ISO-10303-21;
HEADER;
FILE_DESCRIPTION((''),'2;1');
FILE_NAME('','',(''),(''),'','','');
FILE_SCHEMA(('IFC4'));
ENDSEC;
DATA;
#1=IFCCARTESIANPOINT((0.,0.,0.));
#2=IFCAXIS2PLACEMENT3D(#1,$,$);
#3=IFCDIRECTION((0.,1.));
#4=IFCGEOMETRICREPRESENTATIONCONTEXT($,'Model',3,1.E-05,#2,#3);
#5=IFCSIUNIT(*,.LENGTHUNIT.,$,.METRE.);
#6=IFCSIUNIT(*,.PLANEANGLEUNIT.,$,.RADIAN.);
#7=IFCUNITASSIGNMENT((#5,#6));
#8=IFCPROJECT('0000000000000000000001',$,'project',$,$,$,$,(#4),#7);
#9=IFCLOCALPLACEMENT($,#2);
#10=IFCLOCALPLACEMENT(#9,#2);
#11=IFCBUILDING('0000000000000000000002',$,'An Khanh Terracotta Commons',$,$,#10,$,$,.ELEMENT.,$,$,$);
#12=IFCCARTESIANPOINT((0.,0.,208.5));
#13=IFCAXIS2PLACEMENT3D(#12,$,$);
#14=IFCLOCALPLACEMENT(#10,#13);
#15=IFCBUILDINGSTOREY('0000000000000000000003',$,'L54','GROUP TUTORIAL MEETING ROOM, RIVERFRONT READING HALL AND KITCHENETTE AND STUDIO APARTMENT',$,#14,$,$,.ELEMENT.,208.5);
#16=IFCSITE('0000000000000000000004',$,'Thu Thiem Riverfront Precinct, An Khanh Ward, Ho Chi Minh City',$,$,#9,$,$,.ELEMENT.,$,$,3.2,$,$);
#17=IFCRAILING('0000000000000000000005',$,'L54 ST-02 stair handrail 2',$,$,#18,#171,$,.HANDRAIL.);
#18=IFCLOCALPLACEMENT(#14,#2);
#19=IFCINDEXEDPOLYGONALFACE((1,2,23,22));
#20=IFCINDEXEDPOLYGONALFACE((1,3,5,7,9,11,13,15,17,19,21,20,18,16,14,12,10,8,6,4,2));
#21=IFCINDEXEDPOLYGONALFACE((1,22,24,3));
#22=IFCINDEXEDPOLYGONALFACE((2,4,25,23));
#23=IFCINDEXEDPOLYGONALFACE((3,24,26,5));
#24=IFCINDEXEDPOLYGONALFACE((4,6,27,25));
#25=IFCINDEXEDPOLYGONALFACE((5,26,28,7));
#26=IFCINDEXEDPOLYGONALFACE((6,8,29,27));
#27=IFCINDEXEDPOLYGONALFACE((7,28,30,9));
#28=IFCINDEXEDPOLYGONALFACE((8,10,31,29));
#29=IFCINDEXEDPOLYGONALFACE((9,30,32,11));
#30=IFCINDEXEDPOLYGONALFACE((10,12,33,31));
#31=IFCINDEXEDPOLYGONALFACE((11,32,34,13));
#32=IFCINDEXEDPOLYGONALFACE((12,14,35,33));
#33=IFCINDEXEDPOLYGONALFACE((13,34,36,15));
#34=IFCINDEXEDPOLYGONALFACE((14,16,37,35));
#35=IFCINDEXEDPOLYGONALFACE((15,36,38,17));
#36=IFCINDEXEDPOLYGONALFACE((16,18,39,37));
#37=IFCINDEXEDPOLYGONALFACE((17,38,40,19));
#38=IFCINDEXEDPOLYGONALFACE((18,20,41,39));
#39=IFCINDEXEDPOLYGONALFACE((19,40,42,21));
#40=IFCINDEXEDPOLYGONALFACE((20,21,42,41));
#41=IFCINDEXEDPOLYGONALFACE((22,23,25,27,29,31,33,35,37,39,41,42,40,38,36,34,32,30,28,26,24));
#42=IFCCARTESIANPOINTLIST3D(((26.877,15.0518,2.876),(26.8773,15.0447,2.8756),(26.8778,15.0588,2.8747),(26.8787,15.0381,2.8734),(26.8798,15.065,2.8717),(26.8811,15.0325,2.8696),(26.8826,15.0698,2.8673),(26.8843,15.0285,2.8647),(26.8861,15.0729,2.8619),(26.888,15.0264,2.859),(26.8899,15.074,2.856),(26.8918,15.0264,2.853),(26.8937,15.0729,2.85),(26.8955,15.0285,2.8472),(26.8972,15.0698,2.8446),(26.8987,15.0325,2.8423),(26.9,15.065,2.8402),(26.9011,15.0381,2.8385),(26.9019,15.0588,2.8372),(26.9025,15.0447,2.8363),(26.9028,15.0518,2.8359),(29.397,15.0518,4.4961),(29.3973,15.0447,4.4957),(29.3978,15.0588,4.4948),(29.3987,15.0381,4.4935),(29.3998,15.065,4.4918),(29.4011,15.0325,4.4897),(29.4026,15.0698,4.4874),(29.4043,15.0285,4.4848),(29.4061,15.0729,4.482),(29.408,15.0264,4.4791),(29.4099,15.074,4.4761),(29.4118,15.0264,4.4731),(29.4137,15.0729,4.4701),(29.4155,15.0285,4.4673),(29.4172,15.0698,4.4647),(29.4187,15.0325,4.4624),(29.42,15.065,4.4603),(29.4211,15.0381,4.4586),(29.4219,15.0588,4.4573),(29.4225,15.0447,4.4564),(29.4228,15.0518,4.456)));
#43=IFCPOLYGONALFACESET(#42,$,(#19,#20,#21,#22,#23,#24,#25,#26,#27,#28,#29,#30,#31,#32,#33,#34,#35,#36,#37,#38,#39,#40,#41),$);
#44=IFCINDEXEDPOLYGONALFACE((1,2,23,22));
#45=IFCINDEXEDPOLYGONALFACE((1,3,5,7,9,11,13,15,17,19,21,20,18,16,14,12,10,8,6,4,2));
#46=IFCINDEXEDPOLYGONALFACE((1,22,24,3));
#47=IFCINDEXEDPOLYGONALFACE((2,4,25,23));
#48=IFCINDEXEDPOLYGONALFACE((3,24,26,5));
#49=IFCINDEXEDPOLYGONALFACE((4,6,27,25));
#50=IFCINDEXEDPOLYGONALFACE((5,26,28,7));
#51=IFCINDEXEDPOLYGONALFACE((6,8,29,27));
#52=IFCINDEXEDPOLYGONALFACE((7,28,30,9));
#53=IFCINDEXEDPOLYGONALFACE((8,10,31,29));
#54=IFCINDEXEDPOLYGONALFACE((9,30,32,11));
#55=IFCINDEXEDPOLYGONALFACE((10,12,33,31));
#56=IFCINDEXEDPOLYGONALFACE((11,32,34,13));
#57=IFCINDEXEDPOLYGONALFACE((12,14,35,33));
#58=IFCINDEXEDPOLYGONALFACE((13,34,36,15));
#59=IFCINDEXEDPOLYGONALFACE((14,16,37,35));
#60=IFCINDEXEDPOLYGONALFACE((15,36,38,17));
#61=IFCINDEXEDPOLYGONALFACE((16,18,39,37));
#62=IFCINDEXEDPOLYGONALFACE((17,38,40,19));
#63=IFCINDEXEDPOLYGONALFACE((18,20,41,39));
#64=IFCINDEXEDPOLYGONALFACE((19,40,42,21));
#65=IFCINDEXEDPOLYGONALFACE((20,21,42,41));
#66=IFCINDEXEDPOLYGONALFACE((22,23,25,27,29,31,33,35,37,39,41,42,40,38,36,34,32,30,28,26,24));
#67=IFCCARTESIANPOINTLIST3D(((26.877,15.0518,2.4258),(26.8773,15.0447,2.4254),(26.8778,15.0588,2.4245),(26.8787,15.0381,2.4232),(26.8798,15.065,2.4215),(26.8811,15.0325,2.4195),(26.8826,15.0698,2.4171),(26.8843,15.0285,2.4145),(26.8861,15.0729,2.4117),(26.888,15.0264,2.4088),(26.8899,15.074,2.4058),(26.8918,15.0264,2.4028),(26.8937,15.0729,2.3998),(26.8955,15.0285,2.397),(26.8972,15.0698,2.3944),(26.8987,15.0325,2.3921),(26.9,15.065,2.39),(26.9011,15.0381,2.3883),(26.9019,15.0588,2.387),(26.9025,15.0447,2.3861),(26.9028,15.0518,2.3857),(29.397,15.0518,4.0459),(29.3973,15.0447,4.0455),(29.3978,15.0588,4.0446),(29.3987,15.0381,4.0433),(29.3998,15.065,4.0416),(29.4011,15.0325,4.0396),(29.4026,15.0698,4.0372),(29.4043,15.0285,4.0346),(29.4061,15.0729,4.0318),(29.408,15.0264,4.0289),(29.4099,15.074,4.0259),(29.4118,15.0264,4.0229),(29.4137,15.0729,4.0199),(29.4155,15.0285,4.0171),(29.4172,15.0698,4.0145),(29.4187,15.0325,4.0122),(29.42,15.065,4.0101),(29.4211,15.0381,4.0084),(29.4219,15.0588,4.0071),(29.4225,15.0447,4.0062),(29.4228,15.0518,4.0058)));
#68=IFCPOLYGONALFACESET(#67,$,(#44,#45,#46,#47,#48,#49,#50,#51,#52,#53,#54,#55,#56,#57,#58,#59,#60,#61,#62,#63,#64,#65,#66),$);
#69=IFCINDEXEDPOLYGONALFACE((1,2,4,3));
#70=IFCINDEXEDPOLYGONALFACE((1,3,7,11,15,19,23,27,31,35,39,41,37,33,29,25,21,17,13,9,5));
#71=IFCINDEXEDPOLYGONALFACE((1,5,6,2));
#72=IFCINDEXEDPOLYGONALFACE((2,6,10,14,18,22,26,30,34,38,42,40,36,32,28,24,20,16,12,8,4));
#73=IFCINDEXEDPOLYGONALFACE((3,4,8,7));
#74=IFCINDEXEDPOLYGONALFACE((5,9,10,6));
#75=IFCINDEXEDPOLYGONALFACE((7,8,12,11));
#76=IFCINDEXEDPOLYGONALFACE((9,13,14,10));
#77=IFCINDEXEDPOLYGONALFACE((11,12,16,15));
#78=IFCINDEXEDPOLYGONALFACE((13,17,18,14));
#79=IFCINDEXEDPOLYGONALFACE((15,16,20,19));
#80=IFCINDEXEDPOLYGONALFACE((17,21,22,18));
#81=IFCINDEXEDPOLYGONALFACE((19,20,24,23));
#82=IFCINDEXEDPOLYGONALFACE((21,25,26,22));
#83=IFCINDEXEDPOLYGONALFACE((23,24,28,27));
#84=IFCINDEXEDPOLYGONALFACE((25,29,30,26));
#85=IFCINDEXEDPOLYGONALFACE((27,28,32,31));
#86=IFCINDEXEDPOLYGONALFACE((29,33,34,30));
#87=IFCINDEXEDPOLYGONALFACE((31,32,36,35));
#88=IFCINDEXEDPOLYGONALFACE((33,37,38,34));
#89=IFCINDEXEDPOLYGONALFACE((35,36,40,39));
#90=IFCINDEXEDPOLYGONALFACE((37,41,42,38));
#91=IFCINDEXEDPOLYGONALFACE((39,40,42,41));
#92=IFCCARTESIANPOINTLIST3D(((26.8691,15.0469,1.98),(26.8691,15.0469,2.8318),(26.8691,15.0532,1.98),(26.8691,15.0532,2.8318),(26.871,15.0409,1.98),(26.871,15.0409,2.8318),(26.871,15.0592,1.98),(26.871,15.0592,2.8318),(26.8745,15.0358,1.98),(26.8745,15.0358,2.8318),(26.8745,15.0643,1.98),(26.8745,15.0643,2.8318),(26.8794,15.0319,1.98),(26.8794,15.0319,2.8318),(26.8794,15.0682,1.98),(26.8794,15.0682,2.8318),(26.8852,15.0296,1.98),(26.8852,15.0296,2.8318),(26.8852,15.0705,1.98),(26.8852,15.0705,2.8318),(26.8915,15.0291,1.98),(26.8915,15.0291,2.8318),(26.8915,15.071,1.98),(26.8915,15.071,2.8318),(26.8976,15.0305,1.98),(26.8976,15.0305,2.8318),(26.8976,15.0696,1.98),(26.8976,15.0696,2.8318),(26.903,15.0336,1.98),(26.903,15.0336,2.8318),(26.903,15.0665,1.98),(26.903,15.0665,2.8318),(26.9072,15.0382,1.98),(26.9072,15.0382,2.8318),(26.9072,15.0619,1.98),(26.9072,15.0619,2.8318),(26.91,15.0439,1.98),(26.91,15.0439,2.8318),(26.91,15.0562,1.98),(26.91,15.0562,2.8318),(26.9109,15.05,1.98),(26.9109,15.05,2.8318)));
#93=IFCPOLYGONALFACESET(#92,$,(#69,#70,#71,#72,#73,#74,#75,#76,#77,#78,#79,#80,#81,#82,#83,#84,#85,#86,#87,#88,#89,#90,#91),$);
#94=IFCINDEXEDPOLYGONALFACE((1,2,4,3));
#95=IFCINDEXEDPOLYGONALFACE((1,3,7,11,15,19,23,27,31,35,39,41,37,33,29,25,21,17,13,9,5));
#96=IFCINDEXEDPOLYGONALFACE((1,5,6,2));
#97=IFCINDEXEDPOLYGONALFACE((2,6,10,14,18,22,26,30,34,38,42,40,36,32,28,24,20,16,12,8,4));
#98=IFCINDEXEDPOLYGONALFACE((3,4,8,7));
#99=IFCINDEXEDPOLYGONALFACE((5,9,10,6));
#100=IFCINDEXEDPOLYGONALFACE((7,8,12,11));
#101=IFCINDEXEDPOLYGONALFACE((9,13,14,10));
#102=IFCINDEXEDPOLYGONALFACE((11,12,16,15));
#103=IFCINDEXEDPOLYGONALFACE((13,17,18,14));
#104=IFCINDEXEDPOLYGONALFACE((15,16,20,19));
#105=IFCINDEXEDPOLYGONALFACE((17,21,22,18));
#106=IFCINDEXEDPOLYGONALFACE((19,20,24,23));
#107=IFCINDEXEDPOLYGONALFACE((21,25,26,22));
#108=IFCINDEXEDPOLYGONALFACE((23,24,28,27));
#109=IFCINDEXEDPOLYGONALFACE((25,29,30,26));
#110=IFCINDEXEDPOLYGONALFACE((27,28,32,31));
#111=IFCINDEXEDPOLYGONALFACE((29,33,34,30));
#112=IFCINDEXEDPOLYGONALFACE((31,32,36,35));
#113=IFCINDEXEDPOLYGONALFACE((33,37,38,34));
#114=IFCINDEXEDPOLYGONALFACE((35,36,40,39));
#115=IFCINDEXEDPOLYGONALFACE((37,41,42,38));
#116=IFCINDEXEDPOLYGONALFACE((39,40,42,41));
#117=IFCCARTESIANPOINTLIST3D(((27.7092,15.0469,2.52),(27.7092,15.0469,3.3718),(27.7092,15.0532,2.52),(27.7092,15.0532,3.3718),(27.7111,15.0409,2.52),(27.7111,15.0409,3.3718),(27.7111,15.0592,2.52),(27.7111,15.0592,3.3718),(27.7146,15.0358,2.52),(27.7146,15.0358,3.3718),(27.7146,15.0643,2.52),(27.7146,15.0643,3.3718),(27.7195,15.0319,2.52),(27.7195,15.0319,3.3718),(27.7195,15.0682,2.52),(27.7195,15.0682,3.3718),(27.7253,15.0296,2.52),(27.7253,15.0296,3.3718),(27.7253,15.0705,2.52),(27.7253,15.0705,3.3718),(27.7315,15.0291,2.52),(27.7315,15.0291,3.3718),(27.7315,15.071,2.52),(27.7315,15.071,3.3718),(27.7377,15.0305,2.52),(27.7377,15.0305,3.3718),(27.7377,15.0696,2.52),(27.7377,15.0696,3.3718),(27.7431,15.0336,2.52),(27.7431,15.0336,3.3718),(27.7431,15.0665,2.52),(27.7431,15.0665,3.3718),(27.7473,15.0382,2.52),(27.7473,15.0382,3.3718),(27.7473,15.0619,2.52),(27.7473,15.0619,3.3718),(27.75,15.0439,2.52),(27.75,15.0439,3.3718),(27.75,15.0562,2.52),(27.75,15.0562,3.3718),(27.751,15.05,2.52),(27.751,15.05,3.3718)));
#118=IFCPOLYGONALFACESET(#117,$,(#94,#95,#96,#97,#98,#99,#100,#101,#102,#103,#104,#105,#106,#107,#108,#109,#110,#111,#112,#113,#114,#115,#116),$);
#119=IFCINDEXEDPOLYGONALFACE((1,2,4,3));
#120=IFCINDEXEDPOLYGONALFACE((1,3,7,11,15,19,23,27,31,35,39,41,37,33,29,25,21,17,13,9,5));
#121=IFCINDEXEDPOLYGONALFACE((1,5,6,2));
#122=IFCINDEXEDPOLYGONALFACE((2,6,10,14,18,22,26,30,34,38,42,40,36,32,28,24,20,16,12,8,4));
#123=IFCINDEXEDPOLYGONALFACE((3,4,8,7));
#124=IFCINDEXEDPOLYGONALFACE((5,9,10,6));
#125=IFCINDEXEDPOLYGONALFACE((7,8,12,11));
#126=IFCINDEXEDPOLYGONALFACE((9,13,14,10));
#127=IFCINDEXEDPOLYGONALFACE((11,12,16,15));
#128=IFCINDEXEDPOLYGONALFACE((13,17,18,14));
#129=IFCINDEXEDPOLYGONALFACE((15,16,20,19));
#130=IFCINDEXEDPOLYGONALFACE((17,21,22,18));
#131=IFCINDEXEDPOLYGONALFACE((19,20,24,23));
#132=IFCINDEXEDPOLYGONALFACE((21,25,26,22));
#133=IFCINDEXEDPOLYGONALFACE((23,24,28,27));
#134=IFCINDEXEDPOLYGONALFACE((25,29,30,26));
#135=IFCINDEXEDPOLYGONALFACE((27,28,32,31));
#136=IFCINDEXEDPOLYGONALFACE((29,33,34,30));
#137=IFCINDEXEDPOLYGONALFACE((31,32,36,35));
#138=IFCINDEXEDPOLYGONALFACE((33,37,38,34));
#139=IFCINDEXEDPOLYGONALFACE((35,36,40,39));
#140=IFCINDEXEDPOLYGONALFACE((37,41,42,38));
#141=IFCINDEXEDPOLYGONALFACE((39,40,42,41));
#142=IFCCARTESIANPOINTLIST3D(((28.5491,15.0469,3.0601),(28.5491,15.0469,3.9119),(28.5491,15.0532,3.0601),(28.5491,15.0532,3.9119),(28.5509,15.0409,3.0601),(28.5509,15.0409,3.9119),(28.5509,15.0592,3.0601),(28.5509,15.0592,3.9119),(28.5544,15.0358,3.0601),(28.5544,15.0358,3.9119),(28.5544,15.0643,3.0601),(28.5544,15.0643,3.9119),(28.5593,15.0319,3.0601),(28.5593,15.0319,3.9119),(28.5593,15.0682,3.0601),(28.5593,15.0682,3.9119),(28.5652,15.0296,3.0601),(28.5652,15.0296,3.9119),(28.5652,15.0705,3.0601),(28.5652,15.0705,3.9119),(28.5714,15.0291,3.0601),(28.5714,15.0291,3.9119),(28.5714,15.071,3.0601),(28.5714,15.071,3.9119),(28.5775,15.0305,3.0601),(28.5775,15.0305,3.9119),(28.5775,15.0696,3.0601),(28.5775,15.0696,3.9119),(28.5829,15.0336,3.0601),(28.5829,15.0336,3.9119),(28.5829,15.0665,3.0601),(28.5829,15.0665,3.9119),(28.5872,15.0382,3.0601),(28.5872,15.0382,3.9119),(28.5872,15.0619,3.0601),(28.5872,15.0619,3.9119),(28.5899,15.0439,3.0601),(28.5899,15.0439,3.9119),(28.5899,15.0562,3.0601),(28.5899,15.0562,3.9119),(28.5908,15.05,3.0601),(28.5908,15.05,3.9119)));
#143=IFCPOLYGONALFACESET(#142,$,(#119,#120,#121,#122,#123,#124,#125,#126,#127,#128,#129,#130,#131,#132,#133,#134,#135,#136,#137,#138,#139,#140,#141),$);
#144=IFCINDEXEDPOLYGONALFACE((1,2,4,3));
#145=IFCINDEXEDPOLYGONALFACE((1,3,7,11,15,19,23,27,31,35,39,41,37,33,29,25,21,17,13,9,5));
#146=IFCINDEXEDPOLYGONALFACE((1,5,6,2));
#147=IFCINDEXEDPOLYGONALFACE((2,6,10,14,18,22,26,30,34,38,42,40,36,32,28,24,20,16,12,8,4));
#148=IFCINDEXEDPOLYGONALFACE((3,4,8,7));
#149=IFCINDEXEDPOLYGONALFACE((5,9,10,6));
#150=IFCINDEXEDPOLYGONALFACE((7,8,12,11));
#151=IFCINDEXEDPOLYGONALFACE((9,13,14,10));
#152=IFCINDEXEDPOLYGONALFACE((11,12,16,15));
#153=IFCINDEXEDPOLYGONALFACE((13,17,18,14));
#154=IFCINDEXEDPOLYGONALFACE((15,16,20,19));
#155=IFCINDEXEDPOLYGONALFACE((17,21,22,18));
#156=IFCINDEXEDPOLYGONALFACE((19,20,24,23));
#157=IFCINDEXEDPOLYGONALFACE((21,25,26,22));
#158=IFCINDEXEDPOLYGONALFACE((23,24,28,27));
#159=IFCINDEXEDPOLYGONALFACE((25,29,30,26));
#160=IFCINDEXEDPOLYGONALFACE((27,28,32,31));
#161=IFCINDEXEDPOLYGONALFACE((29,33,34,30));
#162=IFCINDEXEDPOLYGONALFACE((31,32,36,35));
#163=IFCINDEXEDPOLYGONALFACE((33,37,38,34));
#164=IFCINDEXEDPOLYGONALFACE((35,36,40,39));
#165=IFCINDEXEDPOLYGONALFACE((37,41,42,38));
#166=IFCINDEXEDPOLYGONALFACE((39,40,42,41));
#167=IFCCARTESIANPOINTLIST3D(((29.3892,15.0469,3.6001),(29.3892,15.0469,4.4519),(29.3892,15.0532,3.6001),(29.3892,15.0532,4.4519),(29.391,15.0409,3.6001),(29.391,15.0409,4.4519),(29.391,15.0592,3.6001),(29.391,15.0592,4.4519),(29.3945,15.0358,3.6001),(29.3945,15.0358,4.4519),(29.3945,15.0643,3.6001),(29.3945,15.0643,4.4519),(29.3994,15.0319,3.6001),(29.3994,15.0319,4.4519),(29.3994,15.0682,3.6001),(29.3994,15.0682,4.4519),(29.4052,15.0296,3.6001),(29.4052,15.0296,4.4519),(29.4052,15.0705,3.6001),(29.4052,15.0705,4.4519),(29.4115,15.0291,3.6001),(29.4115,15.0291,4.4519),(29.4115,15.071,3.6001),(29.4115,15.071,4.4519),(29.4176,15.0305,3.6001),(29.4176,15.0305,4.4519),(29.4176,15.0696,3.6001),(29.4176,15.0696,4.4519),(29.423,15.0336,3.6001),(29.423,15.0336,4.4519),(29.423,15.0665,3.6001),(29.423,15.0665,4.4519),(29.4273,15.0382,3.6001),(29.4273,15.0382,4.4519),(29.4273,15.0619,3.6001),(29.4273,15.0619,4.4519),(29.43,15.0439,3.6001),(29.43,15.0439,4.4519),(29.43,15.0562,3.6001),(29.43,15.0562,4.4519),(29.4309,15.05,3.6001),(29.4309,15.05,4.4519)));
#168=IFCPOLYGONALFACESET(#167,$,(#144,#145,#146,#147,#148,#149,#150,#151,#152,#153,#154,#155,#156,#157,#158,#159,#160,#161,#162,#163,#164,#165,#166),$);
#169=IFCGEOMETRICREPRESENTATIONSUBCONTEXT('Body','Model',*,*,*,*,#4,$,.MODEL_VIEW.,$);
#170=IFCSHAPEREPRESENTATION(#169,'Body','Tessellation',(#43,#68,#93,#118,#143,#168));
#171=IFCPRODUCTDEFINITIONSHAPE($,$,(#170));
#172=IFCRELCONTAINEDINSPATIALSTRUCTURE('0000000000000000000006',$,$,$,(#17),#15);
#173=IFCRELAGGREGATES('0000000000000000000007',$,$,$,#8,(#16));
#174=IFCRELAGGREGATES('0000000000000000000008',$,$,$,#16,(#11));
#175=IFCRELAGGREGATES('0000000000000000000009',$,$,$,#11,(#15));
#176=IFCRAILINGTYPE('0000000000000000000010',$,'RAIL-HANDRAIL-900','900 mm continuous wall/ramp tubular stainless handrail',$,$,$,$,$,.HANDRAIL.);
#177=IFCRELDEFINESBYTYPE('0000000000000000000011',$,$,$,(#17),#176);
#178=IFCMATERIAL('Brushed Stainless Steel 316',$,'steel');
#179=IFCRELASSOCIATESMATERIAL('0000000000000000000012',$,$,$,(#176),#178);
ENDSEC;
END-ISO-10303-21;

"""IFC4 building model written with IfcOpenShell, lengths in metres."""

from ifc_helpers import new_model, si_unit, direction, frame, origin, origin_2d, place, context, subcontext, project, spatial, circle, extrude, material, type_object, element, save


model = new_model("IFC4")

# Units and contexts
model_context = context("Model", 3, precision=1e-05, world=origin(), true_north=direction((0.0, 1.0)))
body_context = subcontext(model_context, "Body", "Model", "MODEL_VIEW")
ifc_project = project(units=[si_unit("LENGTHUNIT", "METRE"), si_unit("PLANEANGLEUNIT", "RADIAN")], contexts=[model_context])

# Site, building, storey
site_placement = place(None, origin())
site = spatial("IfcSite", under=ifc_project, at=site_placement, Name="Thu Thiem Riverfront Precinct, An Khanh Ward, Ho Chi Minh City", CompositionType="ELEMENT", RefElevation=3.2)
building_placement = place(site_placement, origin())
building = spatial("IfcBuilding", under=site, at=building_placement, Name="An Khanh Terracotta Commons", CompositionType="ELEMENT")
storey_placement = place(building_placement, frame((0.0, 0.0, 208.5)))
storey = spatial("IfcBuildingStorey", under=building, at=storey_placement, Name="L54", Description="GROUP TUTORIAL MEETING ROOM, RIVERFRONT READING HALL AND KITCHENETTE AND STUDIO APARTMENT", CompositionType="ELEMENT", Elevation=208.5)

# Railing
ifc_material_1 = material(Name="Brushed Stainless Steel 316", Category="steel")
railing_type_1 = type_object("IfcRailingType", Name="RAIL-HANDRAIL-900", Description="900 mm continuous wall/ramp tubular stainless handrail", PredefinedType="HANDRAIL", material=ifc_material_1)
railing_1_placement = place(storey_placement, frame((26.8899, 15.05, 1.98)))
element("IfcRailing", 1, at=railing_1_placement, inside=storey, type_object=railing_type_1, Name="L54 ST-02 stair handrail 2", PredefinedType="HANDRAIL", context=body_context, shape_type="SweptSolid", body=[
    extrude(circle(Radius=0.0239, at=origin_2d()), frame((0.0, 0.0, 0.876), z_axis=(0.841163, 0.0, 0.540782), x_axis=(0.0, 1.0, 0.0)), (0.0, 0.0, 1.0), 2.9958),
    extrude(circle(Radius=0.0239, at=origin_2d()), frame((0.0, 0.0, 0.4258), z_axis=(0.841163, 0.0, 0.540782), x_axis=(0.0, 1.0, 0.0)), (0.0, 0.0, 1.0), 2.9958),
    extrude(circle(Radius=0.021, at=origin_2d()), origin(), (0.0, 0.0, 1.0), 0.8518),
    extrude(circle(Radius=0.021, at=origin_2d()), frame((0.8401, 0.0, 0.54)), (0.0, 0.0, 1.0), 0.8518),
    extrude(circle(Radius=0.021, at=origin_2d()), frame((1.6799, 0.0, 1.0801)), (0.0, 0.0, 1.0), 0.8518),
    extrude(circle(Radius=0.021, at=origin_2d()), frame((2.52, 0.0, 1.6201)), (0.0, 0.0, 1.0), 0.8518),
])

save(model, "model.ifc")
